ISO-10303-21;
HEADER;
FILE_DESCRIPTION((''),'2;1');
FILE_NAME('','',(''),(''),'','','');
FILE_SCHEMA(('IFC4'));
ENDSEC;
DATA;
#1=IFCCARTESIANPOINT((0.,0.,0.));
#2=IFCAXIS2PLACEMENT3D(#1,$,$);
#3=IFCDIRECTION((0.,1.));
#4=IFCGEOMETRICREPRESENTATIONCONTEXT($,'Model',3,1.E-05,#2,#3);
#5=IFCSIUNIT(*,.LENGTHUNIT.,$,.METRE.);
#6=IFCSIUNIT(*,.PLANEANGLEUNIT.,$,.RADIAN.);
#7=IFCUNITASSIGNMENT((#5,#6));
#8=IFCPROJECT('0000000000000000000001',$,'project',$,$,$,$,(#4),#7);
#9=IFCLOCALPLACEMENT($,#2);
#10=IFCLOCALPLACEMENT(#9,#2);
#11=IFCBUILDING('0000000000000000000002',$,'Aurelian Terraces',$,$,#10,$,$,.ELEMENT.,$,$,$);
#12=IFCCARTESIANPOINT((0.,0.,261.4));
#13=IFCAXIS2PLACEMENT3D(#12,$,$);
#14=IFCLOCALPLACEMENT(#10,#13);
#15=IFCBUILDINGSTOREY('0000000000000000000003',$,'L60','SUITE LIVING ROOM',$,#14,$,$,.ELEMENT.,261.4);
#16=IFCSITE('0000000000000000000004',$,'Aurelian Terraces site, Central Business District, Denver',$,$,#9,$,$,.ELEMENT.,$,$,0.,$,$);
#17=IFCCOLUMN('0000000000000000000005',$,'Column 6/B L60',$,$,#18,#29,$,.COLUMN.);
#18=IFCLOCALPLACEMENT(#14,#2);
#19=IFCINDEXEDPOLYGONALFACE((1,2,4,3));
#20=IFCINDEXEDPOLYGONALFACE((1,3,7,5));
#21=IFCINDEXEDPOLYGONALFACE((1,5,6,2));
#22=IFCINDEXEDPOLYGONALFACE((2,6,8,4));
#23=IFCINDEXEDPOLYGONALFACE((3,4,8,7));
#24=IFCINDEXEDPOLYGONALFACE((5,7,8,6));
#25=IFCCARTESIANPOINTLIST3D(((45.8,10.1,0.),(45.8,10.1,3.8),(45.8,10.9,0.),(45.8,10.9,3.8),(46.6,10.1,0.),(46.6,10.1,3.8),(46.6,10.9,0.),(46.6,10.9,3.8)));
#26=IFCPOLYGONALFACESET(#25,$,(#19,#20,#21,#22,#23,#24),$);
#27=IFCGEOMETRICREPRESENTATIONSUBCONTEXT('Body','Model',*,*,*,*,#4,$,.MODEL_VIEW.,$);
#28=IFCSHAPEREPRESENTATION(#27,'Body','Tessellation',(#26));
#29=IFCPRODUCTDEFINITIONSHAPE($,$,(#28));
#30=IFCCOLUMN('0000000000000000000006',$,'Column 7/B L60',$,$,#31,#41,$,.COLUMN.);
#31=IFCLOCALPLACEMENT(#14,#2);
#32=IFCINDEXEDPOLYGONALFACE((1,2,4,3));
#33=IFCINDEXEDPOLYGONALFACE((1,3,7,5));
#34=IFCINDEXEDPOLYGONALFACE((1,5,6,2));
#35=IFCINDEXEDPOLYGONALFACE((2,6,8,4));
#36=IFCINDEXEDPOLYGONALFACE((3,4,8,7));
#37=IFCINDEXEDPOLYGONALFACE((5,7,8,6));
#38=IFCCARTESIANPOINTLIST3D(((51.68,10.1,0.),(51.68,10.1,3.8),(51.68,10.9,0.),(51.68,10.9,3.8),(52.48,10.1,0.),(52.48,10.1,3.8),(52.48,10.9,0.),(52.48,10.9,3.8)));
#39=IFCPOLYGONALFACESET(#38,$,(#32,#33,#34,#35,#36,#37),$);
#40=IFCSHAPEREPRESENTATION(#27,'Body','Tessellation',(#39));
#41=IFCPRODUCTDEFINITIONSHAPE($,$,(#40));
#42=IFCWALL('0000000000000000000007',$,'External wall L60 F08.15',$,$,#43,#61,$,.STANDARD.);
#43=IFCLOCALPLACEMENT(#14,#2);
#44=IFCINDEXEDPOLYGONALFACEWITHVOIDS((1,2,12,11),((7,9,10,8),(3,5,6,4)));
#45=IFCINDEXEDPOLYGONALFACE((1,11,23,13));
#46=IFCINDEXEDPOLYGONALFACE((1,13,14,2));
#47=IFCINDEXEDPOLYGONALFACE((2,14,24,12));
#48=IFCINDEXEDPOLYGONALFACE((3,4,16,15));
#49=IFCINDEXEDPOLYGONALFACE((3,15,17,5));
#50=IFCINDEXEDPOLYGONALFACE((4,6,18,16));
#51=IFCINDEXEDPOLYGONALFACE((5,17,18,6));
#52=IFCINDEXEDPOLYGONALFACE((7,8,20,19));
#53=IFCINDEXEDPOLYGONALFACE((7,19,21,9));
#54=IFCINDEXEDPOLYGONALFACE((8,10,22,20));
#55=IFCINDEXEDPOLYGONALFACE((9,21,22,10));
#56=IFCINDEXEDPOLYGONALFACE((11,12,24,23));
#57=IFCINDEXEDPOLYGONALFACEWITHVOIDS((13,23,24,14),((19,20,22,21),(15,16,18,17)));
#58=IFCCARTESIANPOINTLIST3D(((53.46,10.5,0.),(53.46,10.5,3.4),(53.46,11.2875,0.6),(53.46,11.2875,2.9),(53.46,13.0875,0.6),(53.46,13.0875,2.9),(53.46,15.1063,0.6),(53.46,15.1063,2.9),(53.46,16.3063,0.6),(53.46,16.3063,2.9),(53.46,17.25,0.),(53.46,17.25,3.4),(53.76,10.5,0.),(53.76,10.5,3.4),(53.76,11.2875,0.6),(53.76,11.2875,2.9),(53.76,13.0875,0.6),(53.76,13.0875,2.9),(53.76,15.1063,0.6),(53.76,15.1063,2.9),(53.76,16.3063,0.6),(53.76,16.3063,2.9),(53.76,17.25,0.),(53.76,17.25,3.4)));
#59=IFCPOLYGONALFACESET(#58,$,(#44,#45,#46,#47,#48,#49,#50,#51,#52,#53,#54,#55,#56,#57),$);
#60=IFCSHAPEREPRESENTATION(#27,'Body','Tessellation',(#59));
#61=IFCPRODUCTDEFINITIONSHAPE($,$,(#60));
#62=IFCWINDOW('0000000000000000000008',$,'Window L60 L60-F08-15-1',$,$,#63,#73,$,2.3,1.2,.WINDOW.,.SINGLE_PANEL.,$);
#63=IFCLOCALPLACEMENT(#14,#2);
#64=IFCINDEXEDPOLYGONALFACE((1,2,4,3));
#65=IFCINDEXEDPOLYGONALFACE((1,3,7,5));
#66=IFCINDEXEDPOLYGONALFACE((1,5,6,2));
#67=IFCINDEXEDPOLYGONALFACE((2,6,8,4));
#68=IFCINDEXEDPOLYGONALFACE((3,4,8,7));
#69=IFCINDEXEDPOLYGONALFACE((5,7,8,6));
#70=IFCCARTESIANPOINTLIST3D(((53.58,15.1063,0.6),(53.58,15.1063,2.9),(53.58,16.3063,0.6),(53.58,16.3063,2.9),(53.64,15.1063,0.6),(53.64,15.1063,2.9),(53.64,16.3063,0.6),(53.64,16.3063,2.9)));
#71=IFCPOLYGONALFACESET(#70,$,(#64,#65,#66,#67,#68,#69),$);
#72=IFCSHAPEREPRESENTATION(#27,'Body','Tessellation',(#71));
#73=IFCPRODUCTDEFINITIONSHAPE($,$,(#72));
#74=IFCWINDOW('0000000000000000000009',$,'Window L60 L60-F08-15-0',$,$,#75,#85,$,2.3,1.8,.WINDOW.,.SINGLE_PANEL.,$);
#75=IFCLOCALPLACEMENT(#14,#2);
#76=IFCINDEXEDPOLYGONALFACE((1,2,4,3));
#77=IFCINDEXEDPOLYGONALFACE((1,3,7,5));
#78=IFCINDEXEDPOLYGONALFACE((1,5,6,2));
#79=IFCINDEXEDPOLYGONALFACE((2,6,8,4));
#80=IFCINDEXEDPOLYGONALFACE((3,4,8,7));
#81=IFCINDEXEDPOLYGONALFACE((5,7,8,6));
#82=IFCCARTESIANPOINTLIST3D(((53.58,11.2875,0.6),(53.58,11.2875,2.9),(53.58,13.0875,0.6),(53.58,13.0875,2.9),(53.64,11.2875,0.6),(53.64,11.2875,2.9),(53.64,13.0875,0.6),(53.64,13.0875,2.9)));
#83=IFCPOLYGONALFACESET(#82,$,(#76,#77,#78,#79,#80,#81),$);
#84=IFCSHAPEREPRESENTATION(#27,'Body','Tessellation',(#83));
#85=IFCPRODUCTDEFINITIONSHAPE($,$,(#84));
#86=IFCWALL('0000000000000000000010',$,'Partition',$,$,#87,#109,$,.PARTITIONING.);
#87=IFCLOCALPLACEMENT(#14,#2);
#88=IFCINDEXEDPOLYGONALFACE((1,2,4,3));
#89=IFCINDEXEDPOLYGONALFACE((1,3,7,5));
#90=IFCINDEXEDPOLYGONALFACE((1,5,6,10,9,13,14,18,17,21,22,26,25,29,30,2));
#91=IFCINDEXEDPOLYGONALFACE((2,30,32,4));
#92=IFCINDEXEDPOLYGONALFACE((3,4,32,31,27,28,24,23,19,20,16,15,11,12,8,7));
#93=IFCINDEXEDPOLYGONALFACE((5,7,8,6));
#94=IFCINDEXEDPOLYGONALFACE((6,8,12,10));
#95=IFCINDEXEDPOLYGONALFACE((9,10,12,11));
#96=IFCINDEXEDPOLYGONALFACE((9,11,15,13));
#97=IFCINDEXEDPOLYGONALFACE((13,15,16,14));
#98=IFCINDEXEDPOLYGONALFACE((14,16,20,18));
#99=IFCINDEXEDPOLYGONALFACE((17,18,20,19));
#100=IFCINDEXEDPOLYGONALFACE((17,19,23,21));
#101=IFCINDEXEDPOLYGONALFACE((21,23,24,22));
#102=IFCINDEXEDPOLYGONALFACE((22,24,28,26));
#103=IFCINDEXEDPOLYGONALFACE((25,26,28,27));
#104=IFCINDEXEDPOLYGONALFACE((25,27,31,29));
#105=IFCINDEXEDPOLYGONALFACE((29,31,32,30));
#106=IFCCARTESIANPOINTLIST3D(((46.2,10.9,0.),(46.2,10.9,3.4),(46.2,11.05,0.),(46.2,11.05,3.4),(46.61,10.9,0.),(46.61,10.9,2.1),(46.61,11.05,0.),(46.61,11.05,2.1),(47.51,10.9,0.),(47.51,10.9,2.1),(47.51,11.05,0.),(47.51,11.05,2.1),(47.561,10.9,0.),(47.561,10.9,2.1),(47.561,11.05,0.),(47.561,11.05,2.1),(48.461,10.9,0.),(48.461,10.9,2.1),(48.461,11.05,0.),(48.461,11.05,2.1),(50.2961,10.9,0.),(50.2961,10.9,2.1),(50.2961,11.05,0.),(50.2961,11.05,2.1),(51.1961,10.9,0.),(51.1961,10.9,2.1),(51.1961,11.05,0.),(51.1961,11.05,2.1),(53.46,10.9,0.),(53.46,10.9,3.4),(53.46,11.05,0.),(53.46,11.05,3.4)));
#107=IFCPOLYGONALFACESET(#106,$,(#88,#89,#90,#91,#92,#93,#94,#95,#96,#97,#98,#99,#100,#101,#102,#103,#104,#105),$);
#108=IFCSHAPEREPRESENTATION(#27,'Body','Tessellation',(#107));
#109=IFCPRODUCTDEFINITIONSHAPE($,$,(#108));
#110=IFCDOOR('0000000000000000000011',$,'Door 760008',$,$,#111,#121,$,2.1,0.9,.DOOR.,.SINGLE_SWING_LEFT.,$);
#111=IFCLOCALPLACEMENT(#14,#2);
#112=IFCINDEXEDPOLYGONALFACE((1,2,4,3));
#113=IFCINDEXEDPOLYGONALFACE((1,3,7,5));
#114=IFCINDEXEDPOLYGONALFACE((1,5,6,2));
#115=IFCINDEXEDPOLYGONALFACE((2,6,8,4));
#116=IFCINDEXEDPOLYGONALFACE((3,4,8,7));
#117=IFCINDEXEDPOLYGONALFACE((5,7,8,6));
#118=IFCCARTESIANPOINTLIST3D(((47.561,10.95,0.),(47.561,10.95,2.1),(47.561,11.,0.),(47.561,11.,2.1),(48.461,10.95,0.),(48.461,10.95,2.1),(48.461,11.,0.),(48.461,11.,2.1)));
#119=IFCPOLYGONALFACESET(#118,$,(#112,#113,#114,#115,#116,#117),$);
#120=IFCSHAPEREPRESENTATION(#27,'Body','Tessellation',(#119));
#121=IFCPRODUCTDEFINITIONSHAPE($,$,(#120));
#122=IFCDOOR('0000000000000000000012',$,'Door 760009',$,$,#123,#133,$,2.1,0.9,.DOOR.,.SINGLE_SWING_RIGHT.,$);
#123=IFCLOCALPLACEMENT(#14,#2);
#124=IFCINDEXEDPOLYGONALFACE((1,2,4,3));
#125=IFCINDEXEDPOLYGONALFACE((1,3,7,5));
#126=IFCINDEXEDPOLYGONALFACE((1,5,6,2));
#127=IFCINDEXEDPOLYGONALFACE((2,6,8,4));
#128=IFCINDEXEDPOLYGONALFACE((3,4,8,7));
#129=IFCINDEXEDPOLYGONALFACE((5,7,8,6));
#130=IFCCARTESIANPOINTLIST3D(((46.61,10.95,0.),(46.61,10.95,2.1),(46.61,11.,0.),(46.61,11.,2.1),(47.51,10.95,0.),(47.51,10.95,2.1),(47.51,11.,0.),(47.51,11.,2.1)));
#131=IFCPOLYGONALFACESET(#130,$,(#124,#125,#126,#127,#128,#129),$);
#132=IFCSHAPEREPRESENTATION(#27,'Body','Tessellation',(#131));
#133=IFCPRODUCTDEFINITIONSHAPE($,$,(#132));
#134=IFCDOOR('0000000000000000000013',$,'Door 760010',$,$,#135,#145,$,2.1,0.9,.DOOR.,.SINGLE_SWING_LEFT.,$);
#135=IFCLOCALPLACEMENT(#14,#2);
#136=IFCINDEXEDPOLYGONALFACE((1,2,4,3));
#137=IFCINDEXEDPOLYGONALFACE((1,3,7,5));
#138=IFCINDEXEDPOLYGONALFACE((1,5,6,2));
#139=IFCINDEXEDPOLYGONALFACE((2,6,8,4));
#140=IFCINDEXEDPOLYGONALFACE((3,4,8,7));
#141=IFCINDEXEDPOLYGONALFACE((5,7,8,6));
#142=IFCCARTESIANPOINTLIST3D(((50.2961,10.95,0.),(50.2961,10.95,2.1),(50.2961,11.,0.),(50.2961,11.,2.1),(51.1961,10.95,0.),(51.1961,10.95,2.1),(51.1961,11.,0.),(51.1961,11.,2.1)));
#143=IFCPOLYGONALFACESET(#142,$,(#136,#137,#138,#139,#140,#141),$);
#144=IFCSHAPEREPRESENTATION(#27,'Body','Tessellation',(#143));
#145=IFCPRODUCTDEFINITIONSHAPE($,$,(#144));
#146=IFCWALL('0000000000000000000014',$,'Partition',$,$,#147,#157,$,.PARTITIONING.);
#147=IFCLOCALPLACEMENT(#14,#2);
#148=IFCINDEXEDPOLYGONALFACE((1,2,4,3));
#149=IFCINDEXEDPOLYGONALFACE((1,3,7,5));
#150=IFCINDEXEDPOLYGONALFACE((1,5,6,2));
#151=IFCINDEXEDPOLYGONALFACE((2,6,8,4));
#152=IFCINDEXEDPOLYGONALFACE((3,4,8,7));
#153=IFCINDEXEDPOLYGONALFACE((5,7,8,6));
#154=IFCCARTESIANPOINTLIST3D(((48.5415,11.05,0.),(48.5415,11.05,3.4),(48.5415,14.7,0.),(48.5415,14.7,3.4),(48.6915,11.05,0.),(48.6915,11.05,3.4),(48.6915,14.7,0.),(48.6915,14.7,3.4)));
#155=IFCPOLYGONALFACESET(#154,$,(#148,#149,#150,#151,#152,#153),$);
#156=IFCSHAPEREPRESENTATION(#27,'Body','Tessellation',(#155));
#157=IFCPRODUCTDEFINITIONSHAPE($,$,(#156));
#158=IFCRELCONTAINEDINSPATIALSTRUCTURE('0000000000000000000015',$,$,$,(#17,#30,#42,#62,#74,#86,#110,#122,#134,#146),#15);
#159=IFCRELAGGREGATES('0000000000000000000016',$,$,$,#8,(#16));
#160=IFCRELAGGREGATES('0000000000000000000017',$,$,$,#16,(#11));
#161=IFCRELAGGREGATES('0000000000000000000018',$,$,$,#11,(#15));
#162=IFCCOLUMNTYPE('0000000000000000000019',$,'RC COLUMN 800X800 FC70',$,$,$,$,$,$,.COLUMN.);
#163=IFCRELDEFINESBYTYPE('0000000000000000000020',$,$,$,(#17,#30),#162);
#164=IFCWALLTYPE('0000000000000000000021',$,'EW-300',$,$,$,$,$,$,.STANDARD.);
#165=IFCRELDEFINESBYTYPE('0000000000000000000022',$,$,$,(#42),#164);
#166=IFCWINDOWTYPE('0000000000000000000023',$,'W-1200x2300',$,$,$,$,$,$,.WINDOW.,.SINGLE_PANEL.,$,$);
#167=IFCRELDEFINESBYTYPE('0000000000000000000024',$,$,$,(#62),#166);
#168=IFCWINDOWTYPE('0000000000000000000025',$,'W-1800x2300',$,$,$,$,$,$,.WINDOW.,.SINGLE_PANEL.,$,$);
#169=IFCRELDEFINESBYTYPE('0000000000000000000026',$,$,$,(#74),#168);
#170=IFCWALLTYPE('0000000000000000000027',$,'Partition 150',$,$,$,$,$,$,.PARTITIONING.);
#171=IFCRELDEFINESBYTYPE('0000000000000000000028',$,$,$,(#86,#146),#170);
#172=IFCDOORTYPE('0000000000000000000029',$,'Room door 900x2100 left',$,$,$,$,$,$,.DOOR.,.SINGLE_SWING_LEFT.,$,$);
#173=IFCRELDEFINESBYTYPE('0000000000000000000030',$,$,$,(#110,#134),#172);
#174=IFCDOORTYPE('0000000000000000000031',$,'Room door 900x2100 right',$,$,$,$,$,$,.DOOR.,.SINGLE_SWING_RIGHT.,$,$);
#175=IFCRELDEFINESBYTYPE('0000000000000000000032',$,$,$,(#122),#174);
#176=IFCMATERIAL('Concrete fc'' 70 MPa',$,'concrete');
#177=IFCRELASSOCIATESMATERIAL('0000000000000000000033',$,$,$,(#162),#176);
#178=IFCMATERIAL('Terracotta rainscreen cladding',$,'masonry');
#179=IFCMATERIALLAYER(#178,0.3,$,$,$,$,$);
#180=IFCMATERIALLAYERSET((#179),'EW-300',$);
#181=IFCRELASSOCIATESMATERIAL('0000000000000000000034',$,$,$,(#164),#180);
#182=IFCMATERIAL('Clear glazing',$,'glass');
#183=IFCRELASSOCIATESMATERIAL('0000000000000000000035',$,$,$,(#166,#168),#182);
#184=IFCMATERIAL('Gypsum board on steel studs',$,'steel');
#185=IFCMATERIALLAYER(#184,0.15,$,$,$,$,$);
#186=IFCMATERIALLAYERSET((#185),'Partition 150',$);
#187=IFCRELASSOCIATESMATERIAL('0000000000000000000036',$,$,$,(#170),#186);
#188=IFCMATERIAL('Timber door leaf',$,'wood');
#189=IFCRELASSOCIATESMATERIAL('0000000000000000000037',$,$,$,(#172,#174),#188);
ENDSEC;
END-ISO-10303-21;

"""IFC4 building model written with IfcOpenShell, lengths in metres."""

from ifc_helpers import new_model, si_unit, direction, frame, frame_2d, origin, origin_2d, place, context, subcontext, project, spatial, rectangle, extrude, source, transform, mapped, material, layer, layer_set, material_profile, profile_set, type_object, element, fill, save


model = new_model("IFC4")

# Units and contexts
model_context = context("Model", 3, precision=1e-05, world=origin(), true_north=direction((0.0, 1.0)))
body_context = subcontext(model_context, "Body", "Model", "MODEL_VIEW")
ifc_project = project(units=[si_unit("LENGTHUNIT", "METRE"), si_unit("PLANEANGLEUNIT", "RADIAN")], contexts=[model_context])

# Site, building, storey
site_placement = place(None, origin())
site = spatial("IfcSite", under=ifc_project, at=site_placement, Name="Aurelian Terraces site, Central Business District, Denver", CompositionType="ELEMENT", RefElevation=0.0)
building_placement = place(site_placement, origin())
building = spatial("IfcBuilding", under=site, at=building_placement, Name="Aurelian Terraces", CompositionType="ELEMENT")
storey_placement = place(building_placement, frame((0.0, 0.0, 261.4)))
storey = spatial("IfcBuildingStorey", under=building, at=storey_placement, Name="L60", Description="SUITE LIVING ROOM", CompositionType="ELEMENT", Elevation=261.4)

# Columns
ifc_material_1 = material(Name="Concrete fc' 70 MPa", Category="concrete")
ifc_material_profile = material_profile(ifc_material_1, rectangle(XDim=0.8, YDim=0.8, at=origin_2d()))
ifc_profile_set = profile_set([ifc_material_profile], Name="Concrete fc' 70 MPa")
column_type = type_object("IfcColumnType", Name="RC COLUMN 800X800 FC70", PredefinedType="COLUMN", material=ifc_profile_set)
shared_shape_1 = source(origin(), body_context, "Body", "SweptSolid", [
    extrude(rectangle(XDim=0.8, YDim=0.8, at=origin_2d()), origin(), (0.0, 0.0, 1.0), 3.8),
])
for number, where, z_axis, x_axis, name in (
    (1, (46.2, 10.5, 0.0), (0.0, 0.0, 1.0), (1.0, 0.0, 0.0), "Column 6/B L60"),
    (2, (52.08, 10.5, 0.0), (0.0, 0.0, 1.0), (1.0, 0.0, 0.0), "Column 7/B L60"),
):
    element("IfcColumn", number, at=place(storey_placement, frame(where, z_axis=z_axis, x_axis=x_axis)), inside=storey, type_object=column_type, Name=name, PredefinedType="COLUMN", context=body_context, shape_type="MappedRepresentation", body=[
        mapped(shared_shape_1, transform((0.0, 0.0, 0.0), scale=1.0)),
    ])

# Wall, openings, windows
ifc_material_2 = material(Name="Terracotta rainscreen cladding", Category="masonry")
ifc_layer_1 = layer(ifc_material_2, 0.3)
ifc_layer_set_1 = layer_set([ifc_layer_1], Name="EW-300")
wall_type_1 = type_object("IfcWallType", Name="EW-300", PredefinedType="STANDARD", material=ifc_layer_set_1)
shared_shape_2 = source(origin(), body_context, "Body", "SweptSolid", [
    extrude(rectangle(XDim=6.75, YDim=0.3, at=frame_2d((3.375, 0.0))), origin(), (0.0, 0.0, 1.0), 3.4),
])
wall_1_placement = place(storey_placement, frame((53.61, 10.5, 0.0), z_axis=(0.0, 0.0, 1.0), x_axis=(0.0, 1.0, 0.0)))
wall_1 = element("IfcWall", 3, at=wall_1_placement, inside=storey, type_object=wall_type_1, Name="External wall L60 F08.15", PredefinedType="STANDARD", context=body_context, shape_type="MappedRepresentation", body=[
    mapped(shared_shape_2, transform((0.0, 0.0, 0.0), scale=1.0)),
])
shared_shape_3 = source(origin(), body_context, "Body", "SweptSolid", [
    extrude(rectangle(XDim=1.8, YDim=2.3, at=frame_2d((0.9, 1.15))), frame((0.0, 0.16, 0.0), z_axis=(0.0, -1.0, 0.0), x_axis=(1.0, 0.0, 0.0)), (0.0, 0.0, 1.0), 0.32),
])
opening_1_placement = place(wall_1_placement, frame((0.7875, 0.0, 0.6)))
opening_1 = element("IfcOpeningElement", 4, at=opening_1_placement, cuts=wall_1, PredefinedType="OPENING", context=body_context, shape_type="MappedRepresentation", body=[
    mapped(shared_shape_3, transform((0.0, 0.0, 0.0), scale=1.0)),
])
shared_shape_4 = source(origin(), body_context, "Body", "SweptSolid", [
    extrude(rectangle(XDim=1.2, YDim=2.3, at=frame_2d((0.6, 1.15))), frame((0.0, 0.16, 0.0), z_axis=(0.0, -1.0, 0.0), x_axis=(1.0, 0.0, 0.0)), (0.0, 0.0, 1.0), 0.32),
])
opening_2_placement = place(wall_1_placement, frame((4.6063, 0.0, 0.6)))
opening_2 = element("IfcOpeningElement", 5, at=opening_2_placement, cuts=wall_1, PredefinedType="OPENING", context=body_context, shape_type="MappedRepresentation", body=[
    mapped(shared_shape_4, transform((0.0, 0.0, 0.0), scale=1.0)),
])
ifc_material_3 = material(Name="Clear glazing", Category="glass")
window_type_1 = type_object("IfcWindowType", Name="W-1200x2300", PartitioningType="SINGLE_PANEL", PredefinedType="WINDOW", material=ifc_material_3)
shared_shape_5 = source(origin(), body_context, "Body", "SweptSolid", [
    extrude(rectangle(XDim=1.2, YDim=2.3, at=frame_2d((0.6, 1.15))), frame((0.0, 0.03, 0.0), z_axis=(0.0, -1.0, 0.0), x_axis=(1.0, 0.0, 0.0)), (0.0, 0.0, 1.0), 0.06),
])
window_1_placement = place(opening_2_placement, origin())
window_1 = element("IfcWindow", 6, at=window_1_placement, inside=storey, type_object=window_type_1, Name="Window L60 L60-F08-15-1", OverallHeight=2.3, OverallWidth=1.2, PartitioningType="SINGLE_PANEL", PredefinedType="WINDOW", context=body_context, shape_type="MappedRepresentation", body=[
    mapped(shared_shape_5, transform((0.0, 0.0, 0.0), scale=1.0)),
])
fill(opening_2, window_1)
window_type_2 = type_object("IfcWindowType", Name="W-1800x2300", PartitioningType="SINGLE_PANEL", PredefinedType="WINDOW", material=ifc_material_3)
shared_shape_6 = source(origin(), body_context, "Body", "SweptSolid", [
    extrude(rectangle(XDim=1.8, YDim=2.3, at=frame_2d((0.9, 1.15))), frame((0.0, 0.03, 0.0), z_axis=(0.0, -1.0, 0.0), x_axis=(1.0, 0.0, 0.0)), (0.0, 0.0, 1.0), 0.06),
])
window_2_placement = place(opening_1_placement, origin())
window_2 = element("IfcWindow", 7, at=window_2_placement, inside=storey, type_object=window_type_2, Name="Window L60 L60-F08-15-0", OverallHeight=2.3, OverallWidth=1.8, PartitioningType="SINGLE_PANEL", PredefinedType="WINDOW", context=body_context, shape_type="MappedRepresentation", body=[
    mapped(shared_shape_6, transform((0.0, 0.0, 0.0), scale=1.0)),
])
fill(opening_1, window_2)

# Wall, openings, doors
ifc_material_4 = material(Name="Gypsum board on steel studs", Category="steel")
ifc_layer_2 = layer(ifc_material_4, 0.15)
ifc_layer_set_2 = layer_set([ifc_layer_2], Name="Partition 150")
wall_type_2 = type_object("IfcWallType", Name="Partition 150", PredefinedType="PARTITIONING", material=ifc_layer_set_2)
shared_shape_7 = source(origin(), body_context, "Body", "SweptSolid", [
    extrude(rectangle(XDim=7.26, YDim=0.15, at=frame_2d((3.63, 0.0))), origin(), (0.0, 0.0, 1.0), 3.4),
])
wall_2_placement = place(storey_placement, frame((53.46, 10.975, 0.0), z_axis=(0.0, 0.0, 1.0), x_axis=(-1.0, 0.0, 0.0)))
wall_2 = element("IfcWall", 8, at=wall_2_placement, inside=storey, type_object=wall_type_2, Name="Partition", PredefinedType="PARTITIONING", context=body_context, shape_type="MappedRepresentation", body=[
    mapped(shared_shape_7, transform((0.0, 0.0, 0.0), scale=1.0)),
])
shared_shape_8 = source(origin(), body_context, "Body", "SweptSolid", [
    extrude(rectangle(XDim=0.9, YDim=2.1, at=frame_2d((0.45, 1.05))), frame((0.0, 0.085, 0.0), z_axis=(0.0, -1.0, 0.0), x_axis=(1.0, 0.0, 0.0)), (0.0, 0.0, 1.0), 0.17),
])
opening_3_placement = place(wall_2_placement, frame((4.999, 0.0, 0.0)))
opening_3 = element("IfcOpeningElement", 9, at=opening_3_placement, cuts=wall_2, PredefinedType="OPENING", context=body_context, shape_type="MappedRepresentation", body=[
    mapped(shared_shape_8, transform((0.0, 0.0, 0.0), scale=1.0)),
])
opening_4_placement = place(wall_2_placement, frame((5.95, 0.0, 0.0)))
opening_4 = element("IfcOpeningElement", 10, at=opening_4_placement, cuts=wall_2, PredefinedType="OPENING", context=body_context, shape_type="MappedRepresentation", body=[
    mapped(shared_shape_8, transform((0.0, 0.0, 0.0), scale=1.0)),
])
opening_5_placement = place(wall_2_placement, frame((2.2639, 0.0, 0.0)))
opening_5 = element("IfcOpeningElement", 11, at=opening_5_placement, cuts=wall_2, PredefinedType="OPENING", context=body_context, shape_type="MappedRepresentation", body=[
    mapped(shared_shape_8, transform((0.0, 0.0, 0.0), scale=1.0)),
])
ifc_material_5 = material(Name="Timber door leaf", Category="wood")
door_type_1 = type_object("IfcDoorType", Name="Room door 900x2100 left", OperationType="SINGLE_SWING_LEFT", PredefinedType="DOOR", material=ifc_material_5)
shared_shape_9 = source(origin(), body_context, "Body", "SweptSolid", [
    extrude(rectangle(XDim=0.9, YDim=2.1, at=frame_2d((0.45, 1.05))), frame((0.0, 0.025, 0.0), z_axis=(0.0, -1.0, 0.0), x_axis=(1.0, 0.0, 0.0)), (0.0, 0.0, 1.0), 0.05),
])
door_1_placement = place(opening_3_placement, origin())
door_1 = element("IfcDoor", 12, at=door_1_placement, inside=storey, type_object=door_type_1, Name="Door 760008", OperationType="SINGLE_SWING_LEFT", OverallHeight=2.1, OverallWidth=0.9, PredefinedType="DOOR", context=body_context, shape_type="MappedRepresentation", body=[
    mapped(shared_shape_9, transform((0.0, 0.0, 0.0), scale=1.0)),
])
fill(opening_3, door_1)
door_type_2 = type_object("IfcDoorType", Name="Room door 900x2100 right", OperationType="SINGLE_SWING_RIGHT", PredefinedType="DOOR", material=ifc_material_5)
door_2_placement = place(opening_4_placement, origin())
door_2 = element("IfcDoor", 13, at=door_2_placement, inside=storey, type_object=door_type_2, Name="Door 760009", OperationType="SINGLE_SWING_RIGHT", OverallHeight=2.1, OverallWidth=0.9, PredefinedType="DOOR", context=body_context, shape_type="MappedRepresentation", body=[
    mapped(shared_shape_9, transform((0.0, 0.0, 0.0), scale=1.0)),
])
fill(opening_4, door_2)
door_3_placement = place(opening_5_placement, origin())
door_3 = element("IfcDoor", 14, at=door_3_placement, inside=storey, type_object=door_type_1, Name="Door 760010", OperationType="SINGLE_SWING_LEFT", OverallHeight=2.1, OverallWidth=0.9, PredefinedType="DOOR", context=body_context, shape_type="MappedRepresentation", body=[
    mapped(shared_shape_9, transform((0.0, 0.0, 0.0), scale=1.0)),
])
fill(opening_5, door_3)

# Wall
shared_shape_10 = source(origin(), body_context, "Body", "SweptSolid", [
    extrude(rectangle(XDim=3.65, YDim=0.15, at=frame_2d((1.825, 0.0))), origin(), (0.0, 0.0, 1.0), 3.4),
])
for number, where, z_axis, x_axis, name in (
    (15, (48.6165, 11.05, 0.0), (0.0, 0.0, 1.0), (0.0, 1.0, 0.0), "Partition"),
):
    element("IfcWall", number, at=place(storey_placement, frame(where, z_axis=z_axis, x_axis=x_axis)), inside=storey, type_object=wall_type_2, Name=name, PredefinedType="PARTITIONING", context=body_context, shape_type="MappedRepresentation", body=[
        mapped(shared_shape_10, transform((0.0, 0.0, 0.0), scale=1.0)),
    ])

save(model, "model.ifc")
